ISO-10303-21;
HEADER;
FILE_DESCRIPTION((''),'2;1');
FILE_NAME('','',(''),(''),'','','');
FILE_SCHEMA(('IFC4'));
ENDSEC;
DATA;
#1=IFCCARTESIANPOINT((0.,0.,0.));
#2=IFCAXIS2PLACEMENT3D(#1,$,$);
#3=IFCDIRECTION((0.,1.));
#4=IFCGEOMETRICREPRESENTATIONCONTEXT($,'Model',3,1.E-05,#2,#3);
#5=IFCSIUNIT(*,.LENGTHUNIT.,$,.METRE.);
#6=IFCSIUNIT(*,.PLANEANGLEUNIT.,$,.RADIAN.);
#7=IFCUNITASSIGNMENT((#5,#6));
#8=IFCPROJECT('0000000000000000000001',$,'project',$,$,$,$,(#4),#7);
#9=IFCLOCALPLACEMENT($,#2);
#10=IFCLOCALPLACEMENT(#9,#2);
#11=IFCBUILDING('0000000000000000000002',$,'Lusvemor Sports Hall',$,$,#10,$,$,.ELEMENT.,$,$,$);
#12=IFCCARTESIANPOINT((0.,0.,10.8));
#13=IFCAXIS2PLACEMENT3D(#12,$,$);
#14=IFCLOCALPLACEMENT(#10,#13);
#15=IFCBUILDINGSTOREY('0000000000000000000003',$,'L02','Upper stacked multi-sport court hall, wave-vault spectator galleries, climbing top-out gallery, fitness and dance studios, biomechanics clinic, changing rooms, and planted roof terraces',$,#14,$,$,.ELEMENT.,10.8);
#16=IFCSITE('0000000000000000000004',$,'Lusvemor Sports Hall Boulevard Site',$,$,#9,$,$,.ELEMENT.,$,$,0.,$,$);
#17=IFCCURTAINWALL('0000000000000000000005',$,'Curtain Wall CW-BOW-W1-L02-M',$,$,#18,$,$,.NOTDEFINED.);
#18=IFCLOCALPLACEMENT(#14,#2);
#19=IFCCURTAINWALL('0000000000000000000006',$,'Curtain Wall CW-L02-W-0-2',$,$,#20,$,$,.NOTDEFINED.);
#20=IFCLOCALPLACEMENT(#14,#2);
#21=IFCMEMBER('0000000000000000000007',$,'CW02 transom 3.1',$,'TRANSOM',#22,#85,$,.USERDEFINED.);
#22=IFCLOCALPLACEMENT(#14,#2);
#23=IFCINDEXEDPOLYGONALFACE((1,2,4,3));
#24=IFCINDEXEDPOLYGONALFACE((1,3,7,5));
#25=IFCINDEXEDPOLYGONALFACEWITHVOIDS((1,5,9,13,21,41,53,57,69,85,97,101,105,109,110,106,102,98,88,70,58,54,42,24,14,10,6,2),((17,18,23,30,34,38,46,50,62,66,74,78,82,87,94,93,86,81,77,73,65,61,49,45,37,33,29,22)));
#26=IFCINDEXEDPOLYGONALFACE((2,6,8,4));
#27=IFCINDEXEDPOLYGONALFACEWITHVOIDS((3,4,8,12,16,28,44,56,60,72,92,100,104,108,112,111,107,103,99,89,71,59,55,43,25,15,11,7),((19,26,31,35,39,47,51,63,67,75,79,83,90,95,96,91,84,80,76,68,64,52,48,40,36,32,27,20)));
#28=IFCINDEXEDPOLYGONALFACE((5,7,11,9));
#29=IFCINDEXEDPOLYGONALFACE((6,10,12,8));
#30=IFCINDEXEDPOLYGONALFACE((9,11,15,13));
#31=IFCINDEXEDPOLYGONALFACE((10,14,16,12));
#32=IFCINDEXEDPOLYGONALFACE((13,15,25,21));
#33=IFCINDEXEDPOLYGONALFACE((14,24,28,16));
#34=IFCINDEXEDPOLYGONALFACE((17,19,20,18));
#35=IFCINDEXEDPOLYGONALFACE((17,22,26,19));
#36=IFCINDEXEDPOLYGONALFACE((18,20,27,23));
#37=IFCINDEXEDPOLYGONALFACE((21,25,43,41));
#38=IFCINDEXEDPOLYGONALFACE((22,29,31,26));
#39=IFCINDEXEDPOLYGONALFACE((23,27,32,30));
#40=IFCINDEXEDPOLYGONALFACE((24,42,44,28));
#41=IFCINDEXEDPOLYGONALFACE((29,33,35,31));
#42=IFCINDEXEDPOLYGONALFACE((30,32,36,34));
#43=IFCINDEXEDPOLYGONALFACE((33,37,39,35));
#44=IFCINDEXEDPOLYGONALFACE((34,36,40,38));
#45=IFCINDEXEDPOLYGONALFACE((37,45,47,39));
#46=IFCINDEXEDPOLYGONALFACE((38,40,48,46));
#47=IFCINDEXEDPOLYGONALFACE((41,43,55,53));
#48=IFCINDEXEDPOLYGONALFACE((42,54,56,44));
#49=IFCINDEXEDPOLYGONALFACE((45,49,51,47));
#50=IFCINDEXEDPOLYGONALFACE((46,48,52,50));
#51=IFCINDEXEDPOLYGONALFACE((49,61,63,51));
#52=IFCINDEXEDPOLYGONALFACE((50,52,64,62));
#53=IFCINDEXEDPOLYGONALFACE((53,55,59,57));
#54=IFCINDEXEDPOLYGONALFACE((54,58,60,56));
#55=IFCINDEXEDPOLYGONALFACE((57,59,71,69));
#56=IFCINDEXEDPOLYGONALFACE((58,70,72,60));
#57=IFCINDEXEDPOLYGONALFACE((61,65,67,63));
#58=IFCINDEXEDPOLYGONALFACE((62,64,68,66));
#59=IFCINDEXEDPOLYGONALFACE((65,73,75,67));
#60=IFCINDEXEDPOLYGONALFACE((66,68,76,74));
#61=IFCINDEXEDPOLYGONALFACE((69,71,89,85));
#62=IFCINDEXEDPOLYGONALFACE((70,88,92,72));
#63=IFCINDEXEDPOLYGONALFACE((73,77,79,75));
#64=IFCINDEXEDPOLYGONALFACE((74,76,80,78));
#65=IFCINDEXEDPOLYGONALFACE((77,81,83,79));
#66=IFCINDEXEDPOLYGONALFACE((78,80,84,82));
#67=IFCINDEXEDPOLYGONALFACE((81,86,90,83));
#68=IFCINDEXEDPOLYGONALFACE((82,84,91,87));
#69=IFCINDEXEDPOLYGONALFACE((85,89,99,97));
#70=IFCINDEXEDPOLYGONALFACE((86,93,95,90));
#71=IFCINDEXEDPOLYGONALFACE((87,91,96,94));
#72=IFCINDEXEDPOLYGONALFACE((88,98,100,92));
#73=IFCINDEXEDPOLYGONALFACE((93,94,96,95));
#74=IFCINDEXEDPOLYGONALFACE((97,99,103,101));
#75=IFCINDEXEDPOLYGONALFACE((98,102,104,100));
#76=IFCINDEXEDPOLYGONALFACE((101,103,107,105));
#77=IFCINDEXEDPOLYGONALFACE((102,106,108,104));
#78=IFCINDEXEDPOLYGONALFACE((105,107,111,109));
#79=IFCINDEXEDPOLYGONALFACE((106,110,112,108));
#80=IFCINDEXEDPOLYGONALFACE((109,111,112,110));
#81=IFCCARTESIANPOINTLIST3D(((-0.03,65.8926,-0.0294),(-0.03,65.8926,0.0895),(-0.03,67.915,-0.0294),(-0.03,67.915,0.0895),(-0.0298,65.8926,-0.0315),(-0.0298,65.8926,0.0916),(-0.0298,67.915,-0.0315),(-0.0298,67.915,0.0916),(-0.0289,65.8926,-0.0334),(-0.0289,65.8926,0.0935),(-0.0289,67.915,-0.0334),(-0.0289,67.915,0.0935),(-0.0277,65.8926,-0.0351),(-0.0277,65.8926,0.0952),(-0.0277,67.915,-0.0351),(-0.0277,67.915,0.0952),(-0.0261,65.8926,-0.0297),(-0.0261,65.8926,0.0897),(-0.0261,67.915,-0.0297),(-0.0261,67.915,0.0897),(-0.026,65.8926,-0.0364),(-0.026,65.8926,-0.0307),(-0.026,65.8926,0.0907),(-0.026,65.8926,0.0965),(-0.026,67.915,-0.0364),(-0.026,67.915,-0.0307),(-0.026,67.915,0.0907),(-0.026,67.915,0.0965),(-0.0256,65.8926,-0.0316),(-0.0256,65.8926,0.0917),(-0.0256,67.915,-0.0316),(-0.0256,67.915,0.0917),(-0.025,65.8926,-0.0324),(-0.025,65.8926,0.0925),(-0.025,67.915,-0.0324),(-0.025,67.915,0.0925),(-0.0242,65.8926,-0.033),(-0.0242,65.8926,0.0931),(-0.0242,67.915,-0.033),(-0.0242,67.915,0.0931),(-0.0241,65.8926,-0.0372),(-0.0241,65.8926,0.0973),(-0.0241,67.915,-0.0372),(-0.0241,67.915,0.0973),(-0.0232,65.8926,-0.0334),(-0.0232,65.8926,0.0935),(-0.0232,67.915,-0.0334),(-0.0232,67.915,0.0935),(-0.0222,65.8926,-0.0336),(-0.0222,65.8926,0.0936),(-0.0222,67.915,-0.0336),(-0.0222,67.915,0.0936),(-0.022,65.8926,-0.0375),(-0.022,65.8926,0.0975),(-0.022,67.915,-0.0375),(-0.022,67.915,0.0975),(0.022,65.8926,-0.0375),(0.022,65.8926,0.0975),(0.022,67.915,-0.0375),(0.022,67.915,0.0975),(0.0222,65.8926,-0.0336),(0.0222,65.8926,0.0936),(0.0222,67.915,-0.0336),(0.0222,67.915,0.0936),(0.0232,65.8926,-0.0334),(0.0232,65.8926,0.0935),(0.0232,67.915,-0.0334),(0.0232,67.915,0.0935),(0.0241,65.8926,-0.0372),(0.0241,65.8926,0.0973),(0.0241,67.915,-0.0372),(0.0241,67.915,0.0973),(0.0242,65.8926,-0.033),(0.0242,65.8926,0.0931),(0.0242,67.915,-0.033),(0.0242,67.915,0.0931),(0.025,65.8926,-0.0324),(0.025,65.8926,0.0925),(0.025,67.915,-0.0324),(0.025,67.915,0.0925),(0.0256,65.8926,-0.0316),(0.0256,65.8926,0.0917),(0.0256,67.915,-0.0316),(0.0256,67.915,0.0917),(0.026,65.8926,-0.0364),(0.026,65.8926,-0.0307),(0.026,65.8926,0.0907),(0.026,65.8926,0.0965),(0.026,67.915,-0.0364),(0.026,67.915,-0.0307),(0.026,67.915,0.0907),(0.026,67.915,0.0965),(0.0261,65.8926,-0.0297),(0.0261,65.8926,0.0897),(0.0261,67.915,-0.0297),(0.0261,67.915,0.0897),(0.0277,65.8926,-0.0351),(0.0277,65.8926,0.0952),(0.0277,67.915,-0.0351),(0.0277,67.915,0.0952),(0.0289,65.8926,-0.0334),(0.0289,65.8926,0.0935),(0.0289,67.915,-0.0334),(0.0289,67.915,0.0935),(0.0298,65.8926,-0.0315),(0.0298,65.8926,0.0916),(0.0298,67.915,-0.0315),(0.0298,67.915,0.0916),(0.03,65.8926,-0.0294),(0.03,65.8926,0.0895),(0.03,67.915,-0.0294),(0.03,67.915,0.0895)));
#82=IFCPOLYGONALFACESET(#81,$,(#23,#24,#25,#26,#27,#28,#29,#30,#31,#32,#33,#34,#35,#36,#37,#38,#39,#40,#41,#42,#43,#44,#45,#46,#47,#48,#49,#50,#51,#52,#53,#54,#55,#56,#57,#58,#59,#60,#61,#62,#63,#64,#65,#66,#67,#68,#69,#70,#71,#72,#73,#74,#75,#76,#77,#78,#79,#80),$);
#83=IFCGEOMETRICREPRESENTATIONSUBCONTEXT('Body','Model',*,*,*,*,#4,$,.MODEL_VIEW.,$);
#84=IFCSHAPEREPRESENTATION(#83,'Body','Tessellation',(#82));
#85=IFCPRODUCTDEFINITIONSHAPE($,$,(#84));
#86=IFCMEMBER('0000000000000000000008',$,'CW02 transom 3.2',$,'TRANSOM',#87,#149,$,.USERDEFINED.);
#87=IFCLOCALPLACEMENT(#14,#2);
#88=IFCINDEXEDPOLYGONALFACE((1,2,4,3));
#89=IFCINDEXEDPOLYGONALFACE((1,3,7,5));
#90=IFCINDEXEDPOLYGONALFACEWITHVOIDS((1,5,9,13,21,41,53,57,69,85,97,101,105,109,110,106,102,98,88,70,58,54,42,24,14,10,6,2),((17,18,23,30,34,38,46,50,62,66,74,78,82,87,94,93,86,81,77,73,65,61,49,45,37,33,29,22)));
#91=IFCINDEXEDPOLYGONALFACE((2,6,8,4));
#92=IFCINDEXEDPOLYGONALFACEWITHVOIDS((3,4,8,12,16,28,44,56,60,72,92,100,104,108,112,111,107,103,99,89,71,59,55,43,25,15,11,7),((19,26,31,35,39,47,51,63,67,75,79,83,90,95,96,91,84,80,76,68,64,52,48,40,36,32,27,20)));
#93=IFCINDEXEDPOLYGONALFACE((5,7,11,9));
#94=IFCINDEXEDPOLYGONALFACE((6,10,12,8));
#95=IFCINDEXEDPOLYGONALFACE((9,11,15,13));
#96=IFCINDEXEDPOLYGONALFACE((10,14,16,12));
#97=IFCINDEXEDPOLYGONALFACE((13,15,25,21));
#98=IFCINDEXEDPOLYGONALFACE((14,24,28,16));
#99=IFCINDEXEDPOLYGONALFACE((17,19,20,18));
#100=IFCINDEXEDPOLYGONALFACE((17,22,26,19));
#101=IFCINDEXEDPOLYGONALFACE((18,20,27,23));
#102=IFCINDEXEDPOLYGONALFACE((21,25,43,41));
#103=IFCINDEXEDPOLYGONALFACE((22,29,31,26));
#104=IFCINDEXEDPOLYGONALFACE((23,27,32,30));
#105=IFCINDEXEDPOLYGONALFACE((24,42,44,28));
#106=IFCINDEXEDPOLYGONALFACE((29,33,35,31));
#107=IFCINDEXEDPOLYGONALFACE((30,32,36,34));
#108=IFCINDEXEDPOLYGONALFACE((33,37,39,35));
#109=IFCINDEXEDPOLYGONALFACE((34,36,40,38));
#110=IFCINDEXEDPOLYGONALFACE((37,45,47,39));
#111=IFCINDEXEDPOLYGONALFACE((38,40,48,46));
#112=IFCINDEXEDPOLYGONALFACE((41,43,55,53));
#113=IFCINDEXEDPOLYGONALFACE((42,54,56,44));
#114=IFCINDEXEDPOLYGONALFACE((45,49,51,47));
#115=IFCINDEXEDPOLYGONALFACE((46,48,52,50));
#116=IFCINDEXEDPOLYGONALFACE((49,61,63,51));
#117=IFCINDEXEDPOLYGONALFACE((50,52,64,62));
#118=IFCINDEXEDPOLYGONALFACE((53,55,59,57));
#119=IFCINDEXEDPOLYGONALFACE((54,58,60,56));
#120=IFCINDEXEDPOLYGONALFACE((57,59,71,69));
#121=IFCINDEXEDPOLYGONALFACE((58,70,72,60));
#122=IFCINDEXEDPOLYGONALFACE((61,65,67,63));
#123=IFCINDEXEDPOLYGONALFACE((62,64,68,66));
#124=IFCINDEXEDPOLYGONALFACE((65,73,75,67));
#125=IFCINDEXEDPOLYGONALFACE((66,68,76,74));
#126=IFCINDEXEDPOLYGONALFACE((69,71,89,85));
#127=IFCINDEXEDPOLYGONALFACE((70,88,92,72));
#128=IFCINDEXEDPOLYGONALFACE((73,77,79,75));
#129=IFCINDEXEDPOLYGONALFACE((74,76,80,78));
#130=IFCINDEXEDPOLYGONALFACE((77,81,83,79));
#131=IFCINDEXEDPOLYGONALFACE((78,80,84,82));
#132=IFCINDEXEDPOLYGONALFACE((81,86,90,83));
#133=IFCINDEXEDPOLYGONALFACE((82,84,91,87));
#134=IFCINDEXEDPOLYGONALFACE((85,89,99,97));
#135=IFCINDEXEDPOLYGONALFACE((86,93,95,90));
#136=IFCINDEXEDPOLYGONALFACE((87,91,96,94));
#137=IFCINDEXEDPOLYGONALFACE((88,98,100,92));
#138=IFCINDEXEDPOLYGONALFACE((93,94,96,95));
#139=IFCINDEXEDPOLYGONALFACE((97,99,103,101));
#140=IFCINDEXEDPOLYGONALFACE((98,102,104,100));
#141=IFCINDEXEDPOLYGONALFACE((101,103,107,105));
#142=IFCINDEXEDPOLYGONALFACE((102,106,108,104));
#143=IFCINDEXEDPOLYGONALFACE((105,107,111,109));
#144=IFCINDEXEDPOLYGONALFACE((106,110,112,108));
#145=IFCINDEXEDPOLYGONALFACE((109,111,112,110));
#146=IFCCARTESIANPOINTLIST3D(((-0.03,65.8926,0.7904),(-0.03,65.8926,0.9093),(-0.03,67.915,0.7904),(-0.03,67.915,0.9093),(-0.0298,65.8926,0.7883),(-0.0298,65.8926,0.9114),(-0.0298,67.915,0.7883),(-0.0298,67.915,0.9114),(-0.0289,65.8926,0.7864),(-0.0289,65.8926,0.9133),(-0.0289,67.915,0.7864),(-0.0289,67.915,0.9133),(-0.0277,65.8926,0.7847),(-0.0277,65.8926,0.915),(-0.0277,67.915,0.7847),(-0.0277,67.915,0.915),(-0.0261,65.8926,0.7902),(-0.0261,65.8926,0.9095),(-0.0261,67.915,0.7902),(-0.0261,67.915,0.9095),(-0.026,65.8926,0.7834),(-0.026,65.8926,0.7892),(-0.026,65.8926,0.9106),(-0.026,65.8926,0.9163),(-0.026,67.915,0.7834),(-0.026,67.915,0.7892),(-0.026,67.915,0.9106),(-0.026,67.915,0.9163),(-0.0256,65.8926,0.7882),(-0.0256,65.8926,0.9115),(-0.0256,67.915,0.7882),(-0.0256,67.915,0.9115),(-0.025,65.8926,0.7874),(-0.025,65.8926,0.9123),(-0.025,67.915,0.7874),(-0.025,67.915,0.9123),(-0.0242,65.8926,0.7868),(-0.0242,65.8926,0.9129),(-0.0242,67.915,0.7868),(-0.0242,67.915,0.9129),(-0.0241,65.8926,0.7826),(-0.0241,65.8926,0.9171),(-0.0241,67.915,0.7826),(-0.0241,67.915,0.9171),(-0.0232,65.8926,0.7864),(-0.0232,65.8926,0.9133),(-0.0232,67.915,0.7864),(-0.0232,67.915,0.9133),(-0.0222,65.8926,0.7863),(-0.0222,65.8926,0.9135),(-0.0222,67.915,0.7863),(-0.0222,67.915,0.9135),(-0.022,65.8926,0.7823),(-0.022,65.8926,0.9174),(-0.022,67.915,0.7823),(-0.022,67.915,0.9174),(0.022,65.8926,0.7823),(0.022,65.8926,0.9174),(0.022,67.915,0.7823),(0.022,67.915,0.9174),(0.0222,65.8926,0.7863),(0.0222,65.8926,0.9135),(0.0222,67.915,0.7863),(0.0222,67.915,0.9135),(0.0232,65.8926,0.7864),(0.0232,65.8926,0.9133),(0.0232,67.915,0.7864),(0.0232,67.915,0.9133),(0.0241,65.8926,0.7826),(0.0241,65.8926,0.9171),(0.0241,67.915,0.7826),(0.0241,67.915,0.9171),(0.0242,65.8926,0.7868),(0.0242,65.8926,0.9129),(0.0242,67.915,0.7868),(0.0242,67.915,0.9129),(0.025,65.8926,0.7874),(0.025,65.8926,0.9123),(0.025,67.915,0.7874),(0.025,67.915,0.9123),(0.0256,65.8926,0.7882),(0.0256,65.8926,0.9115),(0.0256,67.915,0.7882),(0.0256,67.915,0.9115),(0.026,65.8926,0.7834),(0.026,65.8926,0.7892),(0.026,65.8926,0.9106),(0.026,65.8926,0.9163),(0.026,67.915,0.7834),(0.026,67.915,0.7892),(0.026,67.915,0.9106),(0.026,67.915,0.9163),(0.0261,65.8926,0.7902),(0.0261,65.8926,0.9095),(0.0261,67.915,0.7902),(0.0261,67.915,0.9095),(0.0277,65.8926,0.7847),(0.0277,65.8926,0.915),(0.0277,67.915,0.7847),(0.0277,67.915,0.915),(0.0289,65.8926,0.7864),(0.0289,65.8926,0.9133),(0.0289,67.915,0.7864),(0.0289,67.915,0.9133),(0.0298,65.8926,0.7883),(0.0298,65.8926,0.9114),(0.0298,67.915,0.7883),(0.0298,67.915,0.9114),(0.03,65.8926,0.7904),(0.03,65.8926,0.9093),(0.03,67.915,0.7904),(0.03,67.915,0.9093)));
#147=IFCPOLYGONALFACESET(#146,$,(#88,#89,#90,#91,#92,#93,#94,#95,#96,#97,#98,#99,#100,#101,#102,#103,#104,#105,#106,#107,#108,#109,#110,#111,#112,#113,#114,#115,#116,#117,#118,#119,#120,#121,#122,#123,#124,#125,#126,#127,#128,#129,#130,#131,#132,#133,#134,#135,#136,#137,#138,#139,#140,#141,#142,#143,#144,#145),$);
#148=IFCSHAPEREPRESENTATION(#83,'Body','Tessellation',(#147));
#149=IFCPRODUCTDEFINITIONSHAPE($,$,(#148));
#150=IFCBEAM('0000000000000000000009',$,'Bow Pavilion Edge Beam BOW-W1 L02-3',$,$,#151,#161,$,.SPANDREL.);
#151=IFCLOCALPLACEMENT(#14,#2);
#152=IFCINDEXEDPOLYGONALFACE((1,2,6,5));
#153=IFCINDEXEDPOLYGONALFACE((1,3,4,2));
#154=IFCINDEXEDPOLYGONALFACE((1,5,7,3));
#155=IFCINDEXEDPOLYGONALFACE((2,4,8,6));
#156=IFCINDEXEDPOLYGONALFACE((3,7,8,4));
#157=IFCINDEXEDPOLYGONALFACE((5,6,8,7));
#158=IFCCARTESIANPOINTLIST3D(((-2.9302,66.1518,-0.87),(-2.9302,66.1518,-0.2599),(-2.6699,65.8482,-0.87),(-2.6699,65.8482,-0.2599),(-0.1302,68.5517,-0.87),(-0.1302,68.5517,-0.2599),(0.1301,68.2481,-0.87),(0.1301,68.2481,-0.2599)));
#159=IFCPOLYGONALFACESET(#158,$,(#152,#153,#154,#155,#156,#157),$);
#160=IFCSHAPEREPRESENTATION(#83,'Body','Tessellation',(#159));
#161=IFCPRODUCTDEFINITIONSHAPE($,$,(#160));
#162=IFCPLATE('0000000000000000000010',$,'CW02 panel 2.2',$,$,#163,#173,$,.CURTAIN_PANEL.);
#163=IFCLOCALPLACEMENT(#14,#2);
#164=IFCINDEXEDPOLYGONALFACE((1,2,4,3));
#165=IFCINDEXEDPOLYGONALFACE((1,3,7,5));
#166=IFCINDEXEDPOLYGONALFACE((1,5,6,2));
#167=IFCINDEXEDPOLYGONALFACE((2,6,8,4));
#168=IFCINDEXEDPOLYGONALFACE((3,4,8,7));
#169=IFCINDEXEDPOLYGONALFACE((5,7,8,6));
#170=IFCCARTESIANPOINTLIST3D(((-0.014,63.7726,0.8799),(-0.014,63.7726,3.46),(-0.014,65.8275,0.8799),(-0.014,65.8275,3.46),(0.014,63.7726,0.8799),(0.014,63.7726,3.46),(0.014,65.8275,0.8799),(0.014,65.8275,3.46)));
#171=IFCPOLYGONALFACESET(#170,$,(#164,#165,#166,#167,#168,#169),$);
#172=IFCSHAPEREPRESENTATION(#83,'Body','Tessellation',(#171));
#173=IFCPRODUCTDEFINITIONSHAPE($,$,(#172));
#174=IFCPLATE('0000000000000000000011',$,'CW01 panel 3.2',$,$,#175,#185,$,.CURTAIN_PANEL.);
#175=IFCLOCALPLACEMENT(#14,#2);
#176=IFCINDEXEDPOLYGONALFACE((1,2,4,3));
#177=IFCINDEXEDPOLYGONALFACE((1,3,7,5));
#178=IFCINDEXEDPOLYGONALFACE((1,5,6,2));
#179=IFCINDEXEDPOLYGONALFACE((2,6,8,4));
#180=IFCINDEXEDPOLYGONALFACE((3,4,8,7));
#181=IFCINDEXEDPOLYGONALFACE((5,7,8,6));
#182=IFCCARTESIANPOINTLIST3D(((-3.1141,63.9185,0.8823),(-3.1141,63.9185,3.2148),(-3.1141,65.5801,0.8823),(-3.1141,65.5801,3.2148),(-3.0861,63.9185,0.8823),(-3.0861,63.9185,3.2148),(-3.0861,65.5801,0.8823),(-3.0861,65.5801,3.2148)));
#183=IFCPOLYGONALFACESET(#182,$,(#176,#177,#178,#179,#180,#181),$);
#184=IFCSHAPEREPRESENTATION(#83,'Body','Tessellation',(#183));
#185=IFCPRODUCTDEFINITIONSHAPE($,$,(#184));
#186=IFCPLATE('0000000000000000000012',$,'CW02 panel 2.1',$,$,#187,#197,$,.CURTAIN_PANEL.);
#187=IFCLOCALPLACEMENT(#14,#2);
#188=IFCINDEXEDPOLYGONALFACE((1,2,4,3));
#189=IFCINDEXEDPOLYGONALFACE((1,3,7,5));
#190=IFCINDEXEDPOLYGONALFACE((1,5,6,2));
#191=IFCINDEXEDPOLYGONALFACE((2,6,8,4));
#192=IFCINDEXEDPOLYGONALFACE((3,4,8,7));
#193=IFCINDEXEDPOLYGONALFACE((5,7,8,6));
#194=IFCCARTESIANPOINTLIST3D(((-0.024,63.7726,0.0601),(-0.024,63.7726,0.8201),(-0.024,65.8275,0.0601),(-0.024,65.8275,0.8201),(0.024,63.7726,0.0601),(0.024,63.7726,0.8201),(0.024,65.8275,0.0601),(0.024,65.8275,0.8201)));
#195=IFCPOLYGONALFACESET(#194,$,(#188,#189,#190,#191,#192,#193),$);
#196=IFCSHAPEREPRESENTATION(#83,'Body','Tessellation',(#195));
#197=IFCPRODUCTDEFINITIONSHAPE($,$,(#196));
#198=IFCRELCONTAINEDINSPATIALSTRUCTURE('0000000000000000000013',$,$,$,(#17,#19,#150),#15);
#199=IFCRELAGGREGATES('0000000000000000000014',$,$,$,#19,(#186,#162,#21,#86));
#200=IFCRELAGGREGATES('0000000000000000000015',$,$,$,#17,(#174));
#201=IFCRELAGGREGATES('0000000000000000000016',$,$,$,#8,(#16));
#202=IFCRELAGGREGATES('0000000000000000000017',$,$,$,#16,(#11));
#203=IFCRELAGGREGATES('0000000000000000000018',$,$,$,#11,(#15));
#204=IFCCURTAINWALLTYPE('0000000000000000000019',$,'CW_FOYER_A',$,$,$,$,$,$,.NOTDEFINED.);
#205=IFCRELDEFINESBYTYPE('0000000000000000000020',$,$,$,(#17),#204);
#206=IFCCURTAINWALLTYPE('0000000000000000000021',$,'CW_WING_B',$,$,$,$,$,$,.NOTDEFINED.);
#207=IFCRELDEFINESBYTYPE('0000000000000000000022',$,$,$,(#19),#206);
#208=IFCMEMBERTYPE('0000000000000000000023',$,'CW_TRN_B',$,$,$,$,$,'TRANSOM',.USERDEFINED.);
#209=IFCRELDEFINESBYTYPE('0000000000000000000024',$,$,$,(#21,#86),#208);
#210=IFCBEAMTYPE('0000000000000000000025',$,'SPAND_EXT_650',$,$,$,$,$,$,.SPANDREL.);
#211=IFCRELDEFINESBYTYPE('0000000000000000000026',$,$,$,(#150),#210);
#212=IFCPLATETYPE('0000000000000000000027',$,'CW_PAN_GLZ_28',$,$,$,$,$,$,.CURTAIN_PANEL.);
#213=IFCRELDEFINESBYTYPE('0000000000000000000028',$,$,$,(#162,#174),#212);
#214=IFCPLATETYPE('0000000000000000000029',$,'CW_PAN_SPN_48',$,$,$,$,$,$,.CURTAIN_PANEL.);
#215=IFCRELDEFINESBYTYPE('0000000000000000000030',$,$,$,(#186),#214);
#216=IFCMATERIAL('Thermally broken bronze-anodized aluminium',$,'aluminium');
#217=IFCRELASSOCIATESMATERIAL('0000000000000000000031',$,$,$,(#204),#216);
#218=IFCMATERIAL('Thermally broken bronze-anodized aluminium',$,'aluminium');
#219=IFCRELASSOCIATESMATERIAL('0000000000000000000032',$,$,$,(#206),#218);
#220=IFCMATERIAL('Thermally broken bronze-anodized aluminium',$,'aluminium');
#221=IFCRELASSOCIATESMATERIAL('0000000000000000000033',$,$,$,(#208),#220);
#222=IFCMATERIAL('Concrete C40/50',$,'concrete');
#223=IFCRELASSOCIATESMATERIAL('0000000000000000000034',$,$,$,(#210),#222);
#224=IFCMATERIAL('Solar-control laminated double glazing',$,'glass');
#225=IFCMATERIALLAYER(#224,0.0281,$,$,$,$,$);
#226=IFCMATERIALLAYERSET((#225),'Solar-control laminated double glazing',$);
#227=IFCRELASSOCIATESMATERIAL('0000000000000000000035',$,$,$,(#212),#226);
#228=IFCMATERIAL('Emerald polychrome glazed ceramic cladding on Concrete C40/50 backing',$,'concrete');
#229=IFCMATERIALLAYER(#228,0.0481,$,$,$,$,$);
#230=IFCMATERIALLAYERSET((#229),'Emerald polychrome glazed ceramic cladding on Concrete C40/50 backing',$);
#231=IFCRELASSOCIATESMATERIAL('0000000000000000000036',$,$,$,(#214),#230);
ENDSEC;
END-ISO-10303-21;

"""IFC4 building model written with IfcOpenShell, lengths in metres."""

from ifc_helpers import new_model, si_unit, direction, frame, origin, origin_2d, place, context, subcontext, project, spatial, rectangle, hollow_rectangle, extrude, material, layer, layer_set, material_profile, profile_set, type_object, element, aggregate, save


model = new_model("IFC4")

# Units and contexts
model_context = context("Model", 3, precision=1e-05, world=origin(), true_north=direction((0.0, 1.0)))
body_context = subcontext(model_context, "Body", "Model", "MODEL_VIEW")
ifc_project = project(units=[si_unit("LENGTHUNIT", "METRE"), si_unit("PLANEANGLEUNIT", "RADIAN")], contexts=[model_context])

# Site, building, storey
site_placement = place(None, origin())
site = spatial("IfcSite", under=ifc_project, at=site_placement, Name="Lusvemor Sports Hall Boulevard Site", CompositionType="ELEMENT", RefElevation=0.0)
building_placement = place(site_placement, origin())
building = spatial("IfcBuilding", under=site, at=building_placement, Name="Lusvemor Sports Hall", CompositionType="ELEMENT")
storey_placement = place(building_placement, frame((0.0, 0.0, 10.8)))
storey = spatial("IfcBuildingStorey", under=building, at=storey_placement, Name="L02", Description="Upper stacked multi-sport court hall, wave-vault spectator galleries, climbing top-out gallery, fitness and dance studios, biomechanics clinic, changing rooms, and planted roof terraces", CompositionType="ELEMENT", Elevation=10.8)

# Curtain wall
ifc_material_1 = material(Name="Thermally broken bronze-anodized aluminium", Category="aluminium")
curtain_wall_type_1 = type_object("IfcCurtainWallType", Name="CW_FOYER_A", PredefinedType="NOTDEFINED", material=ifc_material_1)
curtain_wall_1_placement = place(storey_placement, origin())
curtain_wall_1 = element("IfcCurtainWall", 1, at=curtain_wall_1_placement, inside=storey, type_object=curtain_wall_type_1, Name="Curtain Wall CW-BOW-W1-L02-M", PredefinedType="NOTDEFINED")

# Curtain wall
ifc_material_2 = material(Name="Thermally broken bronze-anodized aluminium", Category="aluminium")
curtain_wall_type_2 = type_object("IfcCurtainWallType", Name="CW_WING_B", PredefinedType="NOTDEFINED", material=ifc_material_2)
curtain_wall_2_placement = place(storey_placement, origin())
curtain_wall_2 = element("IfcCurtainWall", 2, at=curtain_wall_2_placement, inside=storey, type_object=curtain_wall_type_2, Name="Curtain Wall CW-L02-W-0-2", PredefinedType="NOTDEFINED")

# Members
ifc_material_3 = material(Name="Thermally broken bronze-anodized aluminium", Category="aluminium")
ifc_material_profile_1 = material_profile(ifc_material_3, hollow_rectangle(XDim=0.0601, YDim=0.135, WallThickness=0.0039, InnerFilletRadius=0.0039, OuterFilletRadius=0.0081, at=origin_2d()), Name="CWTRN135x60x4")
ifc_profile_set_1 = profile_set([ifc_material_profile_1], Name="Thermally broken bronze-anodized aluminium")
member_type_1 = type_object("IfcMemberType", Name="CW_TRN_B", ElementType="TRANSOM", PredefinedType="USERDEFINED", material=ifc_profile_set_1)
member_1_placement = place(storey_placement, frame((0.0, 65.8926, 0.03), z_axis=(0.0, 1.0, 0.0), x_axis=(-1.0, 0.0, 0.0)))
member_1 = element("IfcMember", 3, at=member_1_placement, type_object=member_type_1, Name="CW02 transom 3.1", ObjectType="TRANSOM", PredefinedType="USERDEFINED", context=body_context, shape_type="SweptSolid", body=[
    extrude(hollow_rectangle(XDim=0.0601, YDim=0.135, WallThickness=0.0039, InnerFilletRadius=0.0039, OuterFilletRadius=0.0081, at=origin_2d()), origin(), (0.0, 0.0, 1.0), 2.0225),
])
member_2_placement = place(storey_placement, frame((0.0, 65.8926, 0.8499), z_axis=(0.0, 1.0, 0.0), x_axis=(-1.0, 0.0, 0.0)))
member_2 = element("IfcMember", 4, at=member_2_placement, type_object=member_type_1, Name="CW02 transom 3.2", ObjectType="TRANSOM", PredefinedType="USERDEFINED", context=body_context, shape_type="SweptSolid", body=[
    extrude(hollow_rectangle(XDim=0.0601, YDim=0.135, WallThickness=0.0039, InnerFilletRadius=0.0039, OuterFilletRadius=0.0081, at=origin_2d()), origin(), (0.0, 0.0, 1.0), 2.0225),
])

# Beam
ifc_material_4 = material(Name="Concrete C40/50", Category="concrete")
ifc_material_profile_2 = material_profile(ifc_material_4, rectangle(XDim=0.3999, YDim=0.6101, at=origin_2d()), Name="RC400x610")
ifc_profile_set_2 = profile_set([ifc_material_profile_2], Name="Concrete C40/50")
beam_type = type_object("IfcBeamType", Name="SPAND_EXT_650", PredefinedType="SPANDREL", material=ifc_profile_set_2)
beam_placement = place(storey_placement, frame((-2.8, 66.0, -0.5649), z_axis=(0.759275, 0.65077, 0.0), x_axis=(-0.65077, 0.759275, 0.0)))
element("IfcBeam", 5, at=beam_placement, inside=storey, type_object=beam_type, Name="Bow Pavilion Edge Beam BOW-W1 L02-3", PredefinedType="SPANDREL", context=body_context, shape_type="SweptSolid", body=[
    extrude(rectangle(XDim=0.3999, YDim=0.6101, at=origin_2d()), origin(), (0.0, 0.0, 1.0), 3.6877),
])

# Plates
ifc_material_5 = material(Name="Solar-control laminated double glazing", Category="glass")
ifc_layer_1 = layer(ifc_material_5, 0.0281)
ifc_layer_set_1 = layer_set([ifc_layer_1], Name="Solar-control laminated double glazing")
plate_type_1 = type_object("IfcPlateType", Name="CW_PAN_GLZ_28", PredefinedType="CURTAIN_PANEL", material=ifc_layer_set_1)
plate_1_placement = place(storey_placement, frame((0.0, 64.8, 0.8799), z_axis=(0.0, 0.0, 1.0), x_axis=(0.0, 1.0, 0.0)))
plate_1 = element("IfcPlate", 6, at=plate_1_placement, type_object=plate_type_1, Name="CW02 panel 2.2", PredefinedType="CURTAIN_PANEL", context=body_context, shape_type="SweptSolid", body=[
    extrude(rectangle(XDim=2.0549, YDim=0.0281, at=origin_2d()), origin(), (0.0, 0.0, 1.0), 2.5801),
])
plate_2_placement = place(storey_placement, frame((-3.1001, 64.7493, 0.8823), z_axis=(0.0, 0.0, 1.0), x_axis=(0.0, 1.0, 0.0)))
plate_2 = element("IfcPlate", 7, at=plate_2_placement, type_object=plate_type_1, Name="CW01 panel 3.2", PredefinedType="CURTAIN_PANEL", context=body_context, shape_type="SweptSolid", body=[
    extrude(rectangle(XDim=1.6616, YDim=0.0281, at=origin_2d()), origin(), (0.0, 0.0, 1.0), 2.3325),
])
ifc_material_6 = material(Name="Emerald polychrome glazed ceramic cladding on Concrete C40/50 backing", Category="concrete")
ifc_layer_2 = layer(ifc_material_6, 0.0481)
ifc_layer_set_2 = layer_set([ifc_layer_2], Name="Emerald polychrome glazed ceramic cladding on Concrete C40/50 backing")
plate_type_2 = type_object("IfcPlateType", Name="CW_PAN_SPN_48", PredefinedType="CURTAIN_PANEL", material=ifc_layer_set_2)
plate_3_placement = place(storey_placement, frame((0.0, 64.8, 0.0601), z_axis=(0.0, 0.0, 1.0), x_axis=(0.0, 1.0, 0.0)))
plate_3 = element("IfcPlate", 8, at=plate_3_placement, type_object=plate_type_2, Name="CW02 panel 2.1", PredefinedType="CURTAIN_PANEL", context=body_context, shape_type="SweptSolid", body=[
    extrude(rectangle(XDim=2.0549, YDim=0.0481, at=origin_2d()), origin(), (0.0, 0.0, 1.0), 0.76),
])
aggregate(curtain_wall_2, [plate_3, plate_1, member_1, member_2])
aggregate(curtain_wall_1, [plate_2])

save(model, "model.ifc")
